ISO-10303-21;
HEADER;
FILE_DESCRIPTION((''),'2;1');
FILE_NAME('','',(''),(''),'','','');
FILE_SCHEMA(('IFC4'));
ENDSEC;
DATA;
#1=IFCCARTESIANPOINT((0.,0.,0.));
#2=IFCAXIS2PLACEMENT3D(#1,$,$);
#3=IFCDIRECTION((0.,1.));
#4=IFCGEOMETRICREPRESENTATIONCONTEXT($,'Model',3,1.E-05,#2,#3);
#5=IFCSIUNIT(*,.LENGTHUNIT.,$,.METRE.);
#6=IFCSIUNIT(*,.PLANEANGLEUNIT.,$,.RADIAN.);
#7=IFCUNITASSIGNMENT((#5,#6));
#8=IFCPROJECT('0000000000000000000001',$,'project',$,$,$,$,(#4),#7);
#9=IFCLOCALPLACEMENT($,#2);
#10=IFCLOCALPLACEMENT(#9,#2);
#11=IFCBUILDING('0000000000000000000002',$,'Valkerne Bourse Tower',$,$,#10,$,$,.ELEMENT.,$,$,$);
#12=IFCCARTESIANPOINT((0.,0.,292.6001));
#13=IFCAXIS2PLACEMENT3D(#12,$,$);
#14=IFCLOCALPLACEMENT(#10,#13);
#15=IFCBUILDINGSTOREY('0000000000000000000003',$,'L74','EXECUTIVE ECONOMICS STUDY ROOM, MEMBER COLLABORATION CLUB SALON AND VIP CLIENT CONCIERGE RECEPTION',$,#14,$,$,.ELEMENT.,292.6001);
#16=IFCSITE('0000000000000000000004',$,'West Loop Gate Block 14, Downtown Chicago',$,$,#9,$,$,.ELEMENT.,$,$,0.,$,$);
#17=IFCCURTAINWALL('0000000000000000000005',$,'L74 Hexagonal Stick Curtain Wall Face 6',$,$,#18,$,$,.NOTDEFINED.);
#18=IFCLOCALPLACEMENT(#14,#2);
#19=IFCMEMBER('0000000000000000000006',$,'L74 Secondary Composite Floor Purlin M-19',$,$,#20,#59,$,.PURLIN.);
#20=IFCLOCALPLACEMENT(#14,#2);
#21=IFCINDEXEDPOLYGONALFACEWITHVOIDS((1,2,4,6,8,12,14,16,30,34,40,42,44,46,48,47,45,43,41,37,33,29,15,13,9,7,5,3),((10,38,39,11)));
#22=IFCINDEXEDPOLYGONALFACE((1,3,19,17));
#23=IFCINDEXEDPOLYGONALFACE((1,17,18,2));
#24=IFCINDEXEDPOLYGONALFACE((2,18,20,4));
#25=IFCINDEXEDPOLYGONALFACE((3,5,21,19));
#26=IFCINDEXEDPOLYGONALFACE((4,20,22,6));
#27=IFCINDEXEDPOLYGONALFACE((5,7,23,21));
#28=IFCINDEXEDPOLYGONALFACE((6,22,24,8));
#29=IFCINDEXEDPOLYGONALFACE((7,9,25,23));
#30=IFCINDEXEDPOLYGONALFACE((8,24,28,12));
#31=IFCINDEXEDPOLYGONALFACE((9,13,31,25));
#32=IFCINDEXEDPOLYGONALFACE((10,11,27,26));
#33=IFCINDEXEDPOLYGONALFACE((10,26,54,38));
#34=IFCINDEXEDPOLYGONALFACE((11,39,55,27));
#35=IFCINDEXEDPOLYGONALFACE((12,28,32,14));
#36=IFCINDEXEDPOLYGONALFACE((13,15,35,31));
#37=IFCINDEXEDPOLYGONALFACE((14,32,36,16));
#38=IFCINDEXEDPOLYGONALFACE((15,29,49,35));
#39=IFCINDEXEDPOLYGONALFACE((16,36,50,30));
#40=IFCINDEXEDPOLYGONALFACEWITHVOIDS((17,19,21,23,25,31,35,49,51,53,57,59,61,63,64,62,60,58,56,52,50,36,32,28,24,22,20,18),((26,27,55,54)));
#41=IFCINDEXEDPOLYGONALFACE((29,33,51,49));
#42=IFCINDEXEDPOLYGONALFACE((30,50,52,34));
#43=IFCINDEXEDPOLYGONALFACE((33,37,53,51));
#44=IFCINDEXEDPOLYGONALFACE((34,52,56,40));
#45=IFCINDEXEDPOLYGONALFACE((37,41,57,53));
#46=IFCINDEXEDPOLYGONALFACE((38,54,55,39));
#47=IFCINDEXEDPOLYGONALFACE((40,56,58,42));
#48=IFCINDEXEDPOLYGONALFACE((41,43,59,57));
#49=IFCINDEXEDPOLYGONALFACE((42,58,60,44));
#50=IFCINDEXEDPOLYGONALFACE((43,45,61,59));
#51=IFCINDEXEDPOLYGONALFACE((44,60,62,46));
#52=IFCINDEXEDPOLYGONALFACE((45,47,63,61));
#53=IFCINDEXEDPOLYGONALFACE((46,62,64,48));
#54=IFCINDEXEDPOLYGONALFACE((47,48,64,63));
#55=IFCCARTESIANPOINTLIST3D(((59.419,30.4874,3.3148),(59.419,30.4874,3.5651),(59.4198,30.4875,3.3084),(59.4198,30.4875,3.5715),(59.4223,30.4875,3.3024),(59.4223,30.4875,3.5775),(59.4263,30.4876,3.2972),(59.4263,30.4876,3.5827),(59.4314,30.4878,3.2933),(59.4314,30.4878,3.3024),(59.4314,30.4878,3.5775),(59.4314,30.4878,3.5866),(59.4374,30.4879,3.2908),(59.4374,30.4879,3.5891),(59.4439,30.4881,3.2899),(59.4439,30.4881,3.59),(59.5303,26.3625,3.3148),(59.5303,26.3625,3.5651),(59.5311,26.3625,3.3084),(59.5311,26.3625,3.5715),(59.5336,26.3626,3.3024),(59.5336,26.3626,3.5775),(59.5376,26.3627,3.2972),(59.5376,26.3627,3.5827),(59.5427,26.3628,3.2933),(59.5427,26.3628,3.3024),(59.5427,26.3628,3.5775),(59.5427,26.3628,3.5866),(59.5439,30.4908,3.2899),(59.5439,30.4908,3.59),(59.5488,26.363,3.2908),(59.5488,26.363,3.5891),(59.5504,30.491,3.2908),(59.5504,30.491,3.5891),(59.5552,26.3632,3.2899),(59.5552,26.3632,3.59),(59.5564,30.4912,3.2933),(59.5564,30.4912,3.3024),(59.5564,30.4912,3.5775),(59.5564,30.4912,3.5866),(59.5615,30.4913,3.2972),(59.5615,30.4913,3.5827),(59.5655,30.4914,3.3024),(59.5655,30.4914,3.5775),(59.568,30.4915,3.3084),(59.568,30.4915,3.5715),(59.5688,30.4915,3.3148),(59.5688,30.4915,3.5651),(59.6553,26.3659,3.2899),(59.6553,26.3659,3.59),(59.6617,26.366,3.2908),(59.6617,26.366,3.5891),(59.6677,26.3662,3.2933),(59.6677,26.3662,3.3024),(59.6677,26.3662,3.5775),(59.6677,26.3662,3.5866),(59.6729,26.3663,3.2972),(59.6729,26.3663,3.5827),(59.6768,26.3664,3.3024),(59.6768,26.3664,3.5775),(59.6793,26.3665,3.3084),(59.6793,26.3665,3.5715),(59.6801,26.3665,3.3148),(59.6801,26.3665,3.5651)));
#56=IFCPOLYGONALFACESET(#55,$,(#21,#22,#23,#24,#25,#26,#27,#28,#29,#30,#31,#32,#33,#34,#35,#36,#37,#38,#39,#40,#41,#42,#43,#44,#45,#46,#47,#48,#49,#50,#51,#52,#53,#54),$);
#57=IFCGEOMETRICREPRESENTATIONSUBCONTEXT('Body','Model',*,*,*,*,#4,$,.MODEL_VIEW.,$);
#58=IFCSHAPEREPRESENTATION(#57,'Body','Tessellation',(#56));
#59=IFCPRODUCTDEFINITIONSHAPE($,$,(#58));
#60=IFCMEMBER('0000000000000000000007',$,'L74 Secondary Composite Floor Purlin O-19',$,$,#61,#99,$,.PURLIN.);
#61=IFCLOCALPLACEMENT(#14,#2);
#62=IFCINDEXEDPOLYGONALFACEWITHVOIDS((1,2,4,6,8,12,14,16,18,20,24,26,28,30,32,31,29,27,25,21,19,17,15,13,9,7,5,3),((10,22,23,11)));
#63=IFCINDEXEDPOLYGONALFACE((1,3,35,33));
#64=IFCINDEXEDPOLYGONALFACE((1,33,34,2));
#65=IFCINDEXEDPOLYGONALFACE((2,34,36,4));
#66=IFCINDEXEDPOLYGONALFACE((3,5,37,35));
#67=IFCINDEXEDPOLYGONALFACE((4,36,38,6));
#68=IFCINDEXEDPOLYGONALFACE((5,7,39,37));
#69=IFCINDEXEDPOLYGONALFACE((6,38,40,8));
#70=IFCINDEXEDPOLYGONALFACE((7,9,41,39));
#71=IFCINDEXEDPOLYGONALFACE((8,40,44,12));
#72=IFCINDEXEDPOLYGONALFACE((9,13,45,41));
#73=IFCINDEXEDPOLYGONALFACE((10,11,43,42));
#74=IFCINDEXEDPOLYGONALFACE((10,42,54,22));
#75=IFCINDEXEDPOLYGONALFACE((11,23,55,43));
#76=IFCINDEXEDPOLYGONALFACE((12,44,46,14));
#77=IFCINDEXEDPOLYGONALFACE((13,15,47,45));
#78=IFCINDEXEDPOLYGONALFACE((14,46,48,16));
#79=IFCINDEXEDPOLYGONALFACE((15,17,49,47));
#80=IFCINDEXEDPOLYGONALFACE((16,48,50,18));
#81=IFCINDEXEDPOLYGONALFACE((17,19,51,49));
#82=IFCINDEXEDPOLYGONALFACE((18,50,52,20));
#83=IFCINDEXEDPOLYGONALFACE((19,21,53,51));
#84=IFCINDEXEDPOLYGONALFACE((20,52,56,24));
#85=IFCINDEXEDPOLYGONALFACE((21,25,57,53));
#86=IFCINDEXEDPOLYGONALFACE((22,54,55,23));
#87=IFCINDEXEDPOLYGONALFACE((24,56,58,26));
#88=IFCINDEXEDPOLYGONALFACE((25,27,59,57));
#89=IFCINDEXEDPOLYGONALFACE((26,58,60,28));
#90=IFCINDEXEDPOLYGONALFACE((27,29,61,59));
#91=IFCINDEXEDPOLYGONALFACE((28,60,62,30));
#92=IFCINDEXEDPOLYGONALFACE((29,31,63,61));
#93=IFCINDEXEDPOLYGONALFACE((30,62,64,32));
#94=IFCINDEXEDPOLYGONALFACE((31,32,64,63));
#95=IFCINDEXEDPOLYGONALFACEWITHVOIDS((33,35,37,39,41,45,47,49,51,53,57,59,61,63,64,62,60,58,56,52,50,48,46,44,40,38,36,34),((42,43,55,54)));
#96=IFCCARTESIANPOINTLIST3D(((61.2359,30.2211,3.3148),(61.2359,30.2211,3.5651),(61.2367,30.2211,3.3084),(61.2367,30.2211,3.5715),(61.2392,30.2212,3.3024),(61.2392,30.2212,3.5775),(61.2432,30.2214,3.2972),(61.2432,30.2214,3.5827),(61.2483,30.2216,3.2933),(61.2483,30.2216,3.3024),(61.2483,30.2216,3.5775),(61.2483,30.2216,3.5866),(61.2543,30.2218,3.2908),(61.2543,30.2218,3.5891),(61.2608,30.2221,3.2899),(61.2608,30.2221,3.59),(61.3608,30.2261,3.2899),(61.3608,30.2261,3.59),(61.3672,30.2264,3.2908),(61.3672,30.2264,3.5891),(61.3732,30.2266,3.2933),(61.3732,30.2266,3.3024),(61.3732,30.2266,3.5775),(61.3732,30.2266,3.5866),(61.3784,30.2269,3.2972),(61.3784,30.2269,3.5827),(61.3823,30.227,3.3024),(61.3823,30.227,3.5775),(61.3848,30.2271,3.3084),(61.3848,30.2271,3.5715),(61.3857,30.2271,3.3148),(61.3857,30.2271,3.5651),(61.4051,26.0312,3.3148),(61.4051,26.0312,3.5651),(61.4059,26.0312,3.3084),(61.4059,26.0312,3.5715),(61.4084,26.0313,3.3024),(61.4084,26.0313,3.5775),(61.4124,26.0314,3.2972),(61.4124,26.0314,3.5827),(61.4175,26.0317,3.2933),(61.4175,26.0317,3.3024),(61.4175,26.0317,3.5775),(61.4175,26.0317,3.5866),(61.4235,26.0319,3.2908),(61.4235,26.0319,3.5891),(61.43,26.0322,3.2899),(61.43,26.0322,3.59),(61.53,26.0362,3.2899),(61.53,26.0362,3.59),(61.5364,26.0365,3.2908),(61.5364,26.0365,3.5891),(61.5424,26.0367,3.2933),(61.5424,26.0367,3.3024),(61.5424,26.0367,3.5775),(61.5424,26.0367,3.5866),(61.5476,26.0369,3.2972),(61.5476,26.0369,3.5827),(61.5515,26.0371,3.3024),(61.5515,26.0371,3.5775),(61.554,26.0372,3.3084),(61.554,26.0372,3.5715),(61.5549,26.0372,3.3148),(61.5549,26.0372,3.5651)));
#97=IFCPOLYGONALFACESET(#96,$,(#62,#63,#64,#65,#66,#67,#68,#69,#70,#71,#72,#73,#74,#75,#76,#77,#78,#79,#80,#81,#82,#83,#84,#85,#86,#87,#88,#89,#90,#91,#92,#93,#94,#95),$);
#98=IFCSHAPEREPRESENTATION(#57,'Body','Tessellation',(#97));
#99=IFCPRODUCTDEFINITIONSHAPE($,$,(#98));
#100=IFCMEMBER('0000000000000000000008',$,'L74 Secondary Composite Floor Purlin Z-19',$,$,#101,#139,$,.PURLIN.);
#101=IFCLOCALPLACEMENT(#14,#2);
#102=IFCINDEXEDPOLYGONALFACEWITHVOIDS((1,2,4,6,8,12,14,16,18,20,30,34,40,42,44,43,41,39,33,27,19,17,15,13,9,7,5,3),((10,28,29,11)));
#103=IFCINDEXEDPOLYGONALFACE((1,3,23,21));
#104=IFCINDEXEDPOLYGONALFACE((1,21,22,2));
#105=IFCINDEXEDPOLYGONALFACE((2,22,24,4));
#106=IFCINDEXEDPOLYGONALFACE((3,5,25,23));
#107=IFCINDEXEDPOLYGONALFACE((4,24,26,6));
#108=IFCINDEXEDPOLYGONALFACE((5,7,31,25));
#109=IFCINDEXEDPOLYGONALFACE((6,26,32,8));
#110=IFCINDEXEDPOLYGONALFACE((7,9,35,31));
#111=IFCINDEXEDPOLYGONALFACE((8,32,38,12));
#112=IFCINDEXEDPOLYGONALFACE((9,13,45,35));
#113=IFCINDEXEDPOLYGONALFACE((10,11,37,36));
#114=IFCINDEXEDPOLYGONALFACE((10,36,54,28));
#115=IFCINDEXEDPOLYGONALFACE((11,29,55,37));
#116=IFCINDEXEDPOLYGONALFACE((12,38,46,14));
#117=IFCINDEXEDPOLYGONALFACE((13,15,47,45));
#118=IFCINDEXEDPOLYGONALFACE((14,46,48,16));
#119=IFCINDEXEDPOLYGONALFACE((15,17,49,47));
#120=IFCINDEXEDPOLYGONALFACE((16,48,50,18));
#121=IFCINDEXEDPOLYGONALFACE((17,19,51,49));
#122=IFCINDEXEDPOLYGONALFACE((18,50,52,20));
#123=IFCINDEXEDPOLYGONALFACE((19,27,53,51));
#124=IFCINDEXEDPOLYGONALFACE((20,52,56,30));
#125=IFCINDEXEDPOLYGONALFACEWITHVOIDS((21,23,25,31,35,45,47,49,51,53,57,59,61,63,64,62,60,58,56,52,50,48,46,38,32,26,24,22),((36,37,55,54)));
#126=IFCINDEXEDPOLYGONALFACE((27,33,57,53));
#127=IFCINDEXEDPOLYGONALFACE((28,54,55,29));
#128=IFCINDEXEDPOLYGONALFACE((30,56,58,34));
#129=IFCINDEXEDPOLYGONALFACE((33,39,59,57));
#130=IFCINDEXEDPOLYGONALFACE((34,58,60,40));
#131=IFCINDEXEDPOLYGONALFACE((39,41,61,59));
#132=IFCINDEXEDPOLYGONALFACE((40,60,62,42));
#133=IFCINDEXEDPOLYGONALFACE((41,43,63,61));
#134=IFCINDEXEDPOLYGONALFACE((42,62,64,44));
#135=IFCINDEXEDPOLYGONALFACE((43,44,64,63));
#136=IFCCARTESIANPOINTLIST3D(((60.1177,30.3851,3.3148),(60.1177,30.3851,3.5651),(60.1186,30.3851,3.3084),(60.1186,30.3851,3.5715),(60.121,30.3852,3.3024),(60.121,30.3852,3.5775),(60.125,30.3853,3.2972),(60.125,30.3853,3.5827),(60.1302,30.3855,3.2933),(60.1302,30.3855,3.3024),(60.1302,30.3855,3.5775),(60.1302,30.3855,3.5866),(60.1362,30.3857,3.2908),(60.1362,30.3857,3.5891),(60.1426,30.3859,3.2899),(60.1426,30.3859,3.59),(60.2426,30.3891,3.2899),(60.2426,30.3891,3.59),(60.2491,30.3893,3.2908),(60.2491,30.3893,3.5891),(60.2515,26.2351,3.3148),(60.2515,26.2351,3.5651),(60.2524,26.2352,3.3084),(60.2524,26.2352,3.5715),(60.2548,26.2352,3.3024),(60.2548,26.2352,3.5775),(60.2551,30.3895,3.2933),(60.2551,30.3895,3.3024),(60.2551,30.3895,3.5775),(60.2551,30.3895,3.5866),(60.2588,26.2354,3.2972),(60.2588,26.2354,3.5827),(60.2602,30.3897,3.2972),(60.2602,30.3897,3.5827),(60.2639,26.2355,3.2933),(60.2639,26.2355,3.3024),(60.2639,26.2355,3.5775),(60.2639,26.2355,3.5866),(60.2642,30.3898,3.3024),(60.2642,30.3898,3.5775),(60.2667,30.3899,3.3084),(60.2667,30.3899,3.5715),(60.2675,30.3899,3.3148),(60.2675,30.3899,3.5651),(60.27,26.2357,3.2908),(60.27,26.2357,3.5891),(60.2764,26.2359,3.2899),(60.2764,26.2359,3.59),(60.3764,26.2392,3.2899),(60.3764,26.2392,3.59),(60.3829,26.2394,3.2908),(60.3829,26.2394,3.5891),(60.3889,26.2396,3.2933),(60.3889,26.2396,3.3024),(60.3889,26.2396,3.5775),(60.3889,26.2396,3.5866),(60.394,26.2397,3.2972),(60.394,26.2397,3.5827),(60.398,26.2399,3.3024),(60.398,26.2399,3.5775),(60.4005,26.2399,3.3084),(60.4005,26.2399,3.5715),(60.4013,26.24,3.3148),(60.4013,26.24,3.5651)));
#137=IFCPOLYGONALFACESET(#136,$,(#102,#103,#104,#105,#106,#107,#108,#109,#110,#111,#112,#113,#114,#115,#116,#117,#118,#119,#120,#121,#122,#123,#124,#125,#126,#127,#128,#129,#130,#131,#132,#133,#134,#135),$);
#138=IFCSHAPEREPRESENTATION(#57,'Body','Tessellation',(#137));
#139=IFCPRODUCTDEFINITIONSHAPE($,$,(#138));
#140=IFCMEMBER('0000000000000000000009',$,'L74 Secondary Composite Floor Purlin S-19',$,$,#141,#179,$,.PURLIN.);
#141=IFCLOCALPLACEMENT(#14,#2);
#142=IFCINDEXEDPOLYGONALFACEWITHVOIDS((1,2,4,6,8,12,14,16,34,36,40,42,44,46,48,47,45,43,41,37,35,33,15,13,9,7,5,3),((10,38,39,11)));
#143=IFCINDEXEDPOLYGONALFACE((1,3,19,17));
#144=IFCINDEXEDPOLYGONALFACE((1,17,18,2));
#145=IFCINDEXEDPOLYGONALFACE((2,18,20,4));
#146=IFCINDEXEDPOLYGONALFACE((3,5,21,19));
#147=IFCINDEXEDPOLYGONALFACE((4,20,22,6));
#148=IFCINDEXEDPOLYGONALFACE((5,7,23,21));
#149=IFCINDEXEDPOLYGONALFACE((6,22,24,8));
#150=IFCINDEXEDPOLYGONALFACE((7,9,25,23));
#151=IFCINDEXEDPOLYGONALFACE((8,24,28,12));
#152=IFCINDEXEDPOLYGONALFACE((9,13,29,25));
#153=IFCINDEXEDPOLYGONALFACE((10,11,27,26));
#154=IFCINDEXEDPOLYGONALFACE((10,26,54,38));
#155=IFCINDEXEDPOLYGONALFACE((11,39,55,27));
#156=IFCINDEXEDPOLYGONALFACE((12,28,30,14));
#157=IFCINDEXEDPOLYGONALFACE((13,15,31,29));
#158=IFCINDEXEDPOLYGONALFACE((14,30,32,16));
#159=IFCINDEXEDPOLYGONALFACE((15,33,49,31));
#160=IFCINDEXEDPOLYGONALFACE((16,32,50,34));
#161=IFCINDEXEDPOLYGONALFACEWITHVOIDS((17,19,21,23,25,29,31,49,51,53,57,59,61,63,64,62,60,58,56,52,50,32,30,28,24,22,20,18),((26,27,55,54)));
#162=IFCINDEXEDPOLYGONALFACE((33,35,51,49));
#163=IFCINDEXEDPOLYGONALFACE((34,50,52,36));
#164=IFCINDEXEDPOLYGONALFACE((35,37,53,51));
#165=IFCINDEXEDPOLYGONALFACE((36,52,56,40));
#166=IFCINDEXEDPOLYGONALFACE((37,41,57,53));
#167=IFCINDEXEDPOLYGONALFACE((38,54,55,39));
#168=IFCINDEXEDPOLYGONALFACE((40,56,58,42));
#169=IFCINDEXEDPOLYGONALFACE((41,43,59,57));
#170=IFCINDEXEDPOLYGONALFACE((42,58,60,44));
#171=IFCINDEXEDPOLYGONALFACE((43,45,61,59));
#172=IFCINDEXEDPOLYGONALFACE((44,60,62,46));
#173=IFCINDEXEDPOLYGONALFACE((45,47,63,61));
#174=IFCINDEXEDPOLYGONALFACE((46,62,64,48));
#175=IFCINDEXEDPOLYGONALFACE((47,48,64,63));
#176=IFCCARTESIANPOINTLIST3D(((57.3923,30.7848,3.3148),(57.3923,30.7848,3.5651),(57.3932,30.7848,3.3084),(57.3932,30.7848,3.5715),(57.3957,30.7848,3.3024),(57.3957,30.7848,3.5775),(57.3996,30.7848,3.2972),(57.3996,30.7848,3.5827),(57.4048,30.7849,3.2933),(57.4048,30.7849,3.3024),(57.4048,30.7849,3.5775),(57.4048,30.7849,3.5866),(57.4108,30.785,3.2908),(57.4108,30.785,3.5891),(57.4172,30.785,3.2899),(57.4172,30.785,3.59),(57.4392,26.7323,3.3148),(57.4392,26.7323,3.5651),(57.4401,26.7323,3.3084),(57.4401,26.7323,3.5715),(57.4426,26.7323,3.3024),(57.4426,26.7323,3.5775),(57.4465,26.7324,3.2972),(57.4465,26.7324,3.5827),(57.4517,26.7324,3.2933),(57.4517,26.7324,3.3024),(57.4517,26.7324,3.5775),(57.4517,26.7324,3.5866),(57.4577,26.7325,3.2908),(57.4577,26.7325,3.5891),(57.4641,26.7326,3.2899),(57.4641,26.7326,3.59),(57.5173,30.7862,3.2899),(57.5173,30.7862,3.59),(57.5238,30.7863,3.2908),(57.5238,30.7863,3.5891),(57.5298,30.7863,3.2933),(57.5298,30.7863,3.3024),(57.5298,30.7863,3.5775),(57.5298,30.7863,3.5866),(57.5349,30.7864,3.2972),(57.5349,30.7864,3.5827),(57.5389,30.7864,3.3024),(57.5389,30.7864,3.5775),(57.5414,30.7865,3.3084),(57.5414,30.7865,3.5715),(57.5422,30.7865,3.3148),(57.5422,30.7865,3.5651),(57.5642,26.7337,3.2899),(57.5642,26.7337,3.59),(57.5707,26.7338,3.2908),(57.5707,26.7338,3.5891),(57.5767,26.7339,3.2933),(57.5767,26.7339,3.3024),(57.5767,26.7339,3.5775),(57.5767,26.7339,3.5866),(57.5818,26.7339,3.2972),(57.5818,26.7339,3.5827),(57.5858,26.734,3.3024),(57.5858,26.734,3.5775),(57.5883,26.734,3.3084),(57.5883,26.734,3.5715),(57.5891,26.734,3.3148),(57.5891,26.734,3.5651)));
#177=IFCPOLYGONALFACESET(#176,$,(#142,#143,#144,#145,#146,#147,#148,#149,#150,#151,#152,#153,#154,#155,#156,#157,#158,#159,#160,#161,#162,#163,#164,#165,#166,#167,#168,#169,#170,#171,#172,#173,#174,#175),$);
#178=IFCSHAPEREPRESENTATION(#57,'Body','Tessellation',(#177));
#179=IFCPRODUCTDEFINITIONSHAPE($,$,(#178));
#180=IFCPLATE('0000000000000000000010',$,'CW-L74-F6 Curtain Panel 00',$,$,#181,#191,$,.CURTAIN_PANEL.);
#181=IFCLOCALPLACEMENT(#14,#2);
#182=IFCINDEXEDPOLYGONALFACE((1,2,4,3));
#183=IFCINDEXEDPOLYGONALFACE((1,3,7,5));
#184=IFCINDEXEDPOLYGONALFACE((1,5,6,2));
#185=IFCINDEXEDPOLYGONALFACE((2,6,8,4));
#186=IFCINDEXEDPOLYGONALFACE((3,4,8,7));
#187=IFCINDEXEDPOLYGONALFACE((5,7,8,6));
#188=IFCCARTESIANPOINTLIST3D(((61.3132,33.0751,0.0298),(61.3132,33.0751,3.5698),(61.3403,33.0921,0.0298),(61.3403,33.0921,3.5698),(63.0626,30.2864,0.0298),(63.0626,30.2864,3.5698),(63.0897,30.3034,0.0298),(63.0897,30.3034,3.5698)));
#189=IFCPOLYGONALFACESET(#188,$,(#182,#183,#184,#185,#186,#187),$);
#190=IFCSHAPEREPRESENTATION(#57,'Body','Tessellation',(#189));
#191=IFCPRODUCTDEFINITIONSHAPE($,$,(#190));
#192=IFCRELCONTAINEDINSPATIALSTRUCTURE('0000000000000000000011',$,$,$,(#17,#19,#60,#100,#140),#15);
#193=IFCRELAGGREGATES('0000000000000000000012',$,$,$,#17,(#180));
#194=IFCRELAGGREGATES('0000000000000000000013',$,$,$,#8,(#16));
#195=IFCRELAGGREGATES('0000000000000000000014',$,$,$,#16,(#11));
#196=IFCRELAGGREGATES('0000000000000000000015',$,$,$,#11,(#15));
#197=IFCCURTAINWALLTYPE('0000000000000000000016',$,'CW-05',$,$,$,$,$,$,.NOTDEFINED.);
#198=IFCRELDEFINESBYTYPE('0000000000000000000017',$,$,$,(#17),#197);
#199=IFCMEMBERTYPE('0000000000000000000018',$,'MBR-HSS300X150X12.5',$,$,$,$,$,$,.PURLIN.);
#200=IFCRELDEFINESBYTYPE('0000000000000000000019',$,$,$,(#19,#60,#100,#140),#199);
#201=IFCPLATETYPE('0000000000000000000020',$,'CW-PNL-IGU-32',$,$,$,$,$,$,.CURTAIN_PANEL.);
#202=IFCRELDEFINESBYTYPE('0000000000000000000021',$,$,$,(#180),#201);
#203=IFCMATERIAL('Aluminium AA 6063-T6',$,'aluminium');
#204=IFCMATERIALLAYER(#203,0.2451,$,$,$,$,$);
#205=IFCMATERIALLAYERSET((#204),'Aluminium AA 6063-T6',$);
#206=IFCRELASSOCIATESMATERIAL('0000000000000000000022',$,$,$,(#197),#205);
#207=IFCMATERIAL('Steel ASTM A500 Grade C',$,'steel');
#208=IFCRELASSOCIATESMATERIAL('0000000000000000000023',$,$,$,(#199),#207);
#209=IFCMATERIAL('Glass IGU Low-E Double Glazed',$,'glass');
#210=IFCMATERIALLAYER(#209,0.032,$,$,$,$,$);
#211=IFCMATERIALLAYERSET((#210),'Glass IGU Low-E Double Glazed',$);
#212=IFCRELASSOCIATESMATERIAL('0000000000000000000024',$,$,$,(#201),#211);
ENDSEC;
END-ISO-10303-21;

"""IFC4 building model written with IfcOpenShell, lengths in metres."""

from ifc_helpers import new_model, si_unit, direction, frame, origin, origin_2d, place, context, subcontext, project, spatial, rectangle, hollow_rectangle, extrude, material, layer, layer_set, material_profile, profile_set, type_object, element, aggregate, save


model = new_model("IFC4")

# Units and contexts
model_context = context("Model", 3, precision=1e-05, world=origin(), true_north=direction((0.0, 1.0)))
body_context = subcontext(model_context, "Body", "Model", "MODEL_VIEW")
ifc_project = project(units=[si_unit("LENGTHUNIT", "METRE"), si_unit("PLANEANGLEUNIT", "RADIAN")], contexts=[model_context])

# Site, building, storey
site_placement = place(None, origin())
site = spatial("IfcSite", under=ifc_project, at=site_placement, Name="West Loop Gate Block 14, Downtown Chicago", CompositionType="ELEMENT", RefElevation=0.0)
building_placement = place(site_placement, origin())
building = spatial("IfcBuilding", under=site, at=building_placement, Name="Valkerne Bourse Tower", CompositionType="ELEMENT")
storey_placement = place(building_placement, frame((0.0, 0.0, 292.6001)))
storey = spatial("IfcBuildingStorey", under=building, at=storey_placement, Name="L74", Description="EXECUTIVE ECONOMICS STUDY ROOM, MEMBER COLLABORATION CLUB SALON AND VIP CLIENT CONCIERGE RECEPTION", CompositionType="ELEMENT", Elevation=292.6001)

# Shared definitions
ifc_material_1 = material(Name="Steel ASTM A500 Grade C", Category="steel")

# Curtain wall
ifc_material_2 = material(Name="Aluminium AA 6063-T6", Category="aluminium")
ifc_layer_1 = layer(ifc_material_2, 0.2451)
ifc_layer_set_1 = layer_set([ifc_layer_1], Name="Aluminium AA 6063-T6")
curtain_wall_type = type_object("IfcCurtainWallType", Name="CW-05", PredefinedType="NOTDEFINED", material=ifc_layer_set_1)
curtain_wall_placement = place(storey_placement, origin())
curtain_wall = element("IfcCurtainWall", 1, at=curtain_wall_placement, inside=storey, type_object=curtain_wall_type, Name="L74 Hexagonal Stick Curtain Wall Face 6", PredefinedType="NOTDEFINED")

# Members
ifc_material_profile_1 = material_profile(ifc_material_1, hollow_rectangle(XDim=0.1499, YDim=0.3, WallThickness=0.0125, OuterFilletRadius=0.0249, at=origin_2d()), Name="HSS300X150X12.5")
ifc_profile_set_1 = profile_set([ifc_material_profile_1], Name="Steel ASTM A500 Grade C")
member_type_1 = type_object("IfcMemberType", Name="MBR-HSS300X150X12.5", PredefinedType="PURLIN", material=ifc_profile_set_1)
member_1_placement = place(storey_placement, frame((59.6052, 26.3645, 3.4399), z_axis=(-0.026979, 0.999636, 0.0), x_axis=(-0.999636, -0.026979, 0.0)))
element("IfcMember", 2, at=member_1_placement, inside=storey, type_object=member_type_1, Name="L74 Secondary Composite Floor Purlin M-19", PredefinedType="PURLIN", context=body_context, shape_type="SweptSolid", body=[
    extrude(hollow_rectangle(XDim=0.1499, YDim=0.3, WallThickness=0.0125, OuterFilletRadius=0.0249, at=origin_2d()), origin(), (0.0, 0.0, 1.0), 4.1265),
])
member_2_placement = place(storey_placement, frame((61.48, 26.0342, 3.4399), z_axis=(-0.040347, 0.999186, 0.0), x_axis=(-0.999186, -0.040347, 0.0)))
element("IfcMember", 3, at=member_2_placement, inside=storey, type_object=member_type_1, Name="L74 Secondary Composite Floor Purlin O-19", PredefinedType="PURLIN", context=body_context, shape_type="SweptSolid", body=[
    extrude(hollow_rectangle(XDim=0.1499, YDim=0.3, WallThickness=0.0125, OuterFilletRadius=0.0249, at=origin_2d()), origin(), (0.0, 0.0, 1.0), 4.1934),
])
member_3_placement = place(storey_placement, frame((60.3264, 26.2375, 3.4399), z_axis=(-0.032222, 0.999481, 0.0), x_axis=(-0.999481, -0.032222, 0.0)))
element("IfcMember", 4, at=member_3_placement, inside=storey, type_object=member_type_1, Name="L74 Secondary Composite Floor Purlin Z-19", PredefinedType="PURLIN", context=body_context, shape_type="SweptSolid", body=[
    extrude(hollow_rectangle(XDim=0.1499, YDim=0.3, WallThickness=0.0125, OuterFilletRadius=0.0249, at=origin_2d()), origin(), (0.0, 0.0, 1.0), 4.1521),
])
member_4_placement = place(storey_placement, frame((57.5142, 26.7332, 3.4399), z_axis=(-0.011566, 0.999933, 0.0), x_axis=(-0.999933, -0.011566, 0.0)))
element("IfcMember", 5, at=member_4_placement, inside=storey, type_object=member_type_1, Name="L74 Secondary Composite Floor Purlin S-19", PredefinedType="PURLIN", context=body_context, shape_type="SweptSolid", body=[
    extrude(hollow_rectangle(XDim=0.1499, YDim=0.3, WallThickness=0.0125, OuterFilletRadius=0.0249, at=origin_2d()), origin(), (0.0, 0.0, 1.0), 4.0527),
])

# Plate
ifc_material_3 = material(Name="Glass IGU Low-E Double Glazed", Category="glass")
ifc_layer_2 = layer(ifc_material_3, 0.032)
ifc_layer_set_2 = layer_set([ifc_layer_2], Name="Glass IGU Low-E Double Glazed")
plate_type_1 = type_object("IfcPlateType", Name="CW-PNL-IGU-32", PredefinedType="CURTAIN_PANEL", material=ifc_layer_set_2)
plate_1_placement = place(storey_placement, frame((62.2014, 31.6892, 0.0298), z_axis=(0.0, 0.0, 1.0), x_axis=(-0.531405, 0.847118, 0.0)))
plate_1 = element("IfcPlate", 6, at=plate_1_placement, type_object=plate_type_1, Name="CW-L74-F6 Curtain Panel 00", PredefinedType="CURTAIN_PANEL", context=body_context, shape_type="SweptSolid", body=[
    extrude(rectangle(XDim=3.292, YDim=0.032, at=origin_2d()), origin(), (0.0, 0.0, 1.0), 3.54),
])
aggregate(curtain_wall, [plate_1])

save(model, "model.ifc")
